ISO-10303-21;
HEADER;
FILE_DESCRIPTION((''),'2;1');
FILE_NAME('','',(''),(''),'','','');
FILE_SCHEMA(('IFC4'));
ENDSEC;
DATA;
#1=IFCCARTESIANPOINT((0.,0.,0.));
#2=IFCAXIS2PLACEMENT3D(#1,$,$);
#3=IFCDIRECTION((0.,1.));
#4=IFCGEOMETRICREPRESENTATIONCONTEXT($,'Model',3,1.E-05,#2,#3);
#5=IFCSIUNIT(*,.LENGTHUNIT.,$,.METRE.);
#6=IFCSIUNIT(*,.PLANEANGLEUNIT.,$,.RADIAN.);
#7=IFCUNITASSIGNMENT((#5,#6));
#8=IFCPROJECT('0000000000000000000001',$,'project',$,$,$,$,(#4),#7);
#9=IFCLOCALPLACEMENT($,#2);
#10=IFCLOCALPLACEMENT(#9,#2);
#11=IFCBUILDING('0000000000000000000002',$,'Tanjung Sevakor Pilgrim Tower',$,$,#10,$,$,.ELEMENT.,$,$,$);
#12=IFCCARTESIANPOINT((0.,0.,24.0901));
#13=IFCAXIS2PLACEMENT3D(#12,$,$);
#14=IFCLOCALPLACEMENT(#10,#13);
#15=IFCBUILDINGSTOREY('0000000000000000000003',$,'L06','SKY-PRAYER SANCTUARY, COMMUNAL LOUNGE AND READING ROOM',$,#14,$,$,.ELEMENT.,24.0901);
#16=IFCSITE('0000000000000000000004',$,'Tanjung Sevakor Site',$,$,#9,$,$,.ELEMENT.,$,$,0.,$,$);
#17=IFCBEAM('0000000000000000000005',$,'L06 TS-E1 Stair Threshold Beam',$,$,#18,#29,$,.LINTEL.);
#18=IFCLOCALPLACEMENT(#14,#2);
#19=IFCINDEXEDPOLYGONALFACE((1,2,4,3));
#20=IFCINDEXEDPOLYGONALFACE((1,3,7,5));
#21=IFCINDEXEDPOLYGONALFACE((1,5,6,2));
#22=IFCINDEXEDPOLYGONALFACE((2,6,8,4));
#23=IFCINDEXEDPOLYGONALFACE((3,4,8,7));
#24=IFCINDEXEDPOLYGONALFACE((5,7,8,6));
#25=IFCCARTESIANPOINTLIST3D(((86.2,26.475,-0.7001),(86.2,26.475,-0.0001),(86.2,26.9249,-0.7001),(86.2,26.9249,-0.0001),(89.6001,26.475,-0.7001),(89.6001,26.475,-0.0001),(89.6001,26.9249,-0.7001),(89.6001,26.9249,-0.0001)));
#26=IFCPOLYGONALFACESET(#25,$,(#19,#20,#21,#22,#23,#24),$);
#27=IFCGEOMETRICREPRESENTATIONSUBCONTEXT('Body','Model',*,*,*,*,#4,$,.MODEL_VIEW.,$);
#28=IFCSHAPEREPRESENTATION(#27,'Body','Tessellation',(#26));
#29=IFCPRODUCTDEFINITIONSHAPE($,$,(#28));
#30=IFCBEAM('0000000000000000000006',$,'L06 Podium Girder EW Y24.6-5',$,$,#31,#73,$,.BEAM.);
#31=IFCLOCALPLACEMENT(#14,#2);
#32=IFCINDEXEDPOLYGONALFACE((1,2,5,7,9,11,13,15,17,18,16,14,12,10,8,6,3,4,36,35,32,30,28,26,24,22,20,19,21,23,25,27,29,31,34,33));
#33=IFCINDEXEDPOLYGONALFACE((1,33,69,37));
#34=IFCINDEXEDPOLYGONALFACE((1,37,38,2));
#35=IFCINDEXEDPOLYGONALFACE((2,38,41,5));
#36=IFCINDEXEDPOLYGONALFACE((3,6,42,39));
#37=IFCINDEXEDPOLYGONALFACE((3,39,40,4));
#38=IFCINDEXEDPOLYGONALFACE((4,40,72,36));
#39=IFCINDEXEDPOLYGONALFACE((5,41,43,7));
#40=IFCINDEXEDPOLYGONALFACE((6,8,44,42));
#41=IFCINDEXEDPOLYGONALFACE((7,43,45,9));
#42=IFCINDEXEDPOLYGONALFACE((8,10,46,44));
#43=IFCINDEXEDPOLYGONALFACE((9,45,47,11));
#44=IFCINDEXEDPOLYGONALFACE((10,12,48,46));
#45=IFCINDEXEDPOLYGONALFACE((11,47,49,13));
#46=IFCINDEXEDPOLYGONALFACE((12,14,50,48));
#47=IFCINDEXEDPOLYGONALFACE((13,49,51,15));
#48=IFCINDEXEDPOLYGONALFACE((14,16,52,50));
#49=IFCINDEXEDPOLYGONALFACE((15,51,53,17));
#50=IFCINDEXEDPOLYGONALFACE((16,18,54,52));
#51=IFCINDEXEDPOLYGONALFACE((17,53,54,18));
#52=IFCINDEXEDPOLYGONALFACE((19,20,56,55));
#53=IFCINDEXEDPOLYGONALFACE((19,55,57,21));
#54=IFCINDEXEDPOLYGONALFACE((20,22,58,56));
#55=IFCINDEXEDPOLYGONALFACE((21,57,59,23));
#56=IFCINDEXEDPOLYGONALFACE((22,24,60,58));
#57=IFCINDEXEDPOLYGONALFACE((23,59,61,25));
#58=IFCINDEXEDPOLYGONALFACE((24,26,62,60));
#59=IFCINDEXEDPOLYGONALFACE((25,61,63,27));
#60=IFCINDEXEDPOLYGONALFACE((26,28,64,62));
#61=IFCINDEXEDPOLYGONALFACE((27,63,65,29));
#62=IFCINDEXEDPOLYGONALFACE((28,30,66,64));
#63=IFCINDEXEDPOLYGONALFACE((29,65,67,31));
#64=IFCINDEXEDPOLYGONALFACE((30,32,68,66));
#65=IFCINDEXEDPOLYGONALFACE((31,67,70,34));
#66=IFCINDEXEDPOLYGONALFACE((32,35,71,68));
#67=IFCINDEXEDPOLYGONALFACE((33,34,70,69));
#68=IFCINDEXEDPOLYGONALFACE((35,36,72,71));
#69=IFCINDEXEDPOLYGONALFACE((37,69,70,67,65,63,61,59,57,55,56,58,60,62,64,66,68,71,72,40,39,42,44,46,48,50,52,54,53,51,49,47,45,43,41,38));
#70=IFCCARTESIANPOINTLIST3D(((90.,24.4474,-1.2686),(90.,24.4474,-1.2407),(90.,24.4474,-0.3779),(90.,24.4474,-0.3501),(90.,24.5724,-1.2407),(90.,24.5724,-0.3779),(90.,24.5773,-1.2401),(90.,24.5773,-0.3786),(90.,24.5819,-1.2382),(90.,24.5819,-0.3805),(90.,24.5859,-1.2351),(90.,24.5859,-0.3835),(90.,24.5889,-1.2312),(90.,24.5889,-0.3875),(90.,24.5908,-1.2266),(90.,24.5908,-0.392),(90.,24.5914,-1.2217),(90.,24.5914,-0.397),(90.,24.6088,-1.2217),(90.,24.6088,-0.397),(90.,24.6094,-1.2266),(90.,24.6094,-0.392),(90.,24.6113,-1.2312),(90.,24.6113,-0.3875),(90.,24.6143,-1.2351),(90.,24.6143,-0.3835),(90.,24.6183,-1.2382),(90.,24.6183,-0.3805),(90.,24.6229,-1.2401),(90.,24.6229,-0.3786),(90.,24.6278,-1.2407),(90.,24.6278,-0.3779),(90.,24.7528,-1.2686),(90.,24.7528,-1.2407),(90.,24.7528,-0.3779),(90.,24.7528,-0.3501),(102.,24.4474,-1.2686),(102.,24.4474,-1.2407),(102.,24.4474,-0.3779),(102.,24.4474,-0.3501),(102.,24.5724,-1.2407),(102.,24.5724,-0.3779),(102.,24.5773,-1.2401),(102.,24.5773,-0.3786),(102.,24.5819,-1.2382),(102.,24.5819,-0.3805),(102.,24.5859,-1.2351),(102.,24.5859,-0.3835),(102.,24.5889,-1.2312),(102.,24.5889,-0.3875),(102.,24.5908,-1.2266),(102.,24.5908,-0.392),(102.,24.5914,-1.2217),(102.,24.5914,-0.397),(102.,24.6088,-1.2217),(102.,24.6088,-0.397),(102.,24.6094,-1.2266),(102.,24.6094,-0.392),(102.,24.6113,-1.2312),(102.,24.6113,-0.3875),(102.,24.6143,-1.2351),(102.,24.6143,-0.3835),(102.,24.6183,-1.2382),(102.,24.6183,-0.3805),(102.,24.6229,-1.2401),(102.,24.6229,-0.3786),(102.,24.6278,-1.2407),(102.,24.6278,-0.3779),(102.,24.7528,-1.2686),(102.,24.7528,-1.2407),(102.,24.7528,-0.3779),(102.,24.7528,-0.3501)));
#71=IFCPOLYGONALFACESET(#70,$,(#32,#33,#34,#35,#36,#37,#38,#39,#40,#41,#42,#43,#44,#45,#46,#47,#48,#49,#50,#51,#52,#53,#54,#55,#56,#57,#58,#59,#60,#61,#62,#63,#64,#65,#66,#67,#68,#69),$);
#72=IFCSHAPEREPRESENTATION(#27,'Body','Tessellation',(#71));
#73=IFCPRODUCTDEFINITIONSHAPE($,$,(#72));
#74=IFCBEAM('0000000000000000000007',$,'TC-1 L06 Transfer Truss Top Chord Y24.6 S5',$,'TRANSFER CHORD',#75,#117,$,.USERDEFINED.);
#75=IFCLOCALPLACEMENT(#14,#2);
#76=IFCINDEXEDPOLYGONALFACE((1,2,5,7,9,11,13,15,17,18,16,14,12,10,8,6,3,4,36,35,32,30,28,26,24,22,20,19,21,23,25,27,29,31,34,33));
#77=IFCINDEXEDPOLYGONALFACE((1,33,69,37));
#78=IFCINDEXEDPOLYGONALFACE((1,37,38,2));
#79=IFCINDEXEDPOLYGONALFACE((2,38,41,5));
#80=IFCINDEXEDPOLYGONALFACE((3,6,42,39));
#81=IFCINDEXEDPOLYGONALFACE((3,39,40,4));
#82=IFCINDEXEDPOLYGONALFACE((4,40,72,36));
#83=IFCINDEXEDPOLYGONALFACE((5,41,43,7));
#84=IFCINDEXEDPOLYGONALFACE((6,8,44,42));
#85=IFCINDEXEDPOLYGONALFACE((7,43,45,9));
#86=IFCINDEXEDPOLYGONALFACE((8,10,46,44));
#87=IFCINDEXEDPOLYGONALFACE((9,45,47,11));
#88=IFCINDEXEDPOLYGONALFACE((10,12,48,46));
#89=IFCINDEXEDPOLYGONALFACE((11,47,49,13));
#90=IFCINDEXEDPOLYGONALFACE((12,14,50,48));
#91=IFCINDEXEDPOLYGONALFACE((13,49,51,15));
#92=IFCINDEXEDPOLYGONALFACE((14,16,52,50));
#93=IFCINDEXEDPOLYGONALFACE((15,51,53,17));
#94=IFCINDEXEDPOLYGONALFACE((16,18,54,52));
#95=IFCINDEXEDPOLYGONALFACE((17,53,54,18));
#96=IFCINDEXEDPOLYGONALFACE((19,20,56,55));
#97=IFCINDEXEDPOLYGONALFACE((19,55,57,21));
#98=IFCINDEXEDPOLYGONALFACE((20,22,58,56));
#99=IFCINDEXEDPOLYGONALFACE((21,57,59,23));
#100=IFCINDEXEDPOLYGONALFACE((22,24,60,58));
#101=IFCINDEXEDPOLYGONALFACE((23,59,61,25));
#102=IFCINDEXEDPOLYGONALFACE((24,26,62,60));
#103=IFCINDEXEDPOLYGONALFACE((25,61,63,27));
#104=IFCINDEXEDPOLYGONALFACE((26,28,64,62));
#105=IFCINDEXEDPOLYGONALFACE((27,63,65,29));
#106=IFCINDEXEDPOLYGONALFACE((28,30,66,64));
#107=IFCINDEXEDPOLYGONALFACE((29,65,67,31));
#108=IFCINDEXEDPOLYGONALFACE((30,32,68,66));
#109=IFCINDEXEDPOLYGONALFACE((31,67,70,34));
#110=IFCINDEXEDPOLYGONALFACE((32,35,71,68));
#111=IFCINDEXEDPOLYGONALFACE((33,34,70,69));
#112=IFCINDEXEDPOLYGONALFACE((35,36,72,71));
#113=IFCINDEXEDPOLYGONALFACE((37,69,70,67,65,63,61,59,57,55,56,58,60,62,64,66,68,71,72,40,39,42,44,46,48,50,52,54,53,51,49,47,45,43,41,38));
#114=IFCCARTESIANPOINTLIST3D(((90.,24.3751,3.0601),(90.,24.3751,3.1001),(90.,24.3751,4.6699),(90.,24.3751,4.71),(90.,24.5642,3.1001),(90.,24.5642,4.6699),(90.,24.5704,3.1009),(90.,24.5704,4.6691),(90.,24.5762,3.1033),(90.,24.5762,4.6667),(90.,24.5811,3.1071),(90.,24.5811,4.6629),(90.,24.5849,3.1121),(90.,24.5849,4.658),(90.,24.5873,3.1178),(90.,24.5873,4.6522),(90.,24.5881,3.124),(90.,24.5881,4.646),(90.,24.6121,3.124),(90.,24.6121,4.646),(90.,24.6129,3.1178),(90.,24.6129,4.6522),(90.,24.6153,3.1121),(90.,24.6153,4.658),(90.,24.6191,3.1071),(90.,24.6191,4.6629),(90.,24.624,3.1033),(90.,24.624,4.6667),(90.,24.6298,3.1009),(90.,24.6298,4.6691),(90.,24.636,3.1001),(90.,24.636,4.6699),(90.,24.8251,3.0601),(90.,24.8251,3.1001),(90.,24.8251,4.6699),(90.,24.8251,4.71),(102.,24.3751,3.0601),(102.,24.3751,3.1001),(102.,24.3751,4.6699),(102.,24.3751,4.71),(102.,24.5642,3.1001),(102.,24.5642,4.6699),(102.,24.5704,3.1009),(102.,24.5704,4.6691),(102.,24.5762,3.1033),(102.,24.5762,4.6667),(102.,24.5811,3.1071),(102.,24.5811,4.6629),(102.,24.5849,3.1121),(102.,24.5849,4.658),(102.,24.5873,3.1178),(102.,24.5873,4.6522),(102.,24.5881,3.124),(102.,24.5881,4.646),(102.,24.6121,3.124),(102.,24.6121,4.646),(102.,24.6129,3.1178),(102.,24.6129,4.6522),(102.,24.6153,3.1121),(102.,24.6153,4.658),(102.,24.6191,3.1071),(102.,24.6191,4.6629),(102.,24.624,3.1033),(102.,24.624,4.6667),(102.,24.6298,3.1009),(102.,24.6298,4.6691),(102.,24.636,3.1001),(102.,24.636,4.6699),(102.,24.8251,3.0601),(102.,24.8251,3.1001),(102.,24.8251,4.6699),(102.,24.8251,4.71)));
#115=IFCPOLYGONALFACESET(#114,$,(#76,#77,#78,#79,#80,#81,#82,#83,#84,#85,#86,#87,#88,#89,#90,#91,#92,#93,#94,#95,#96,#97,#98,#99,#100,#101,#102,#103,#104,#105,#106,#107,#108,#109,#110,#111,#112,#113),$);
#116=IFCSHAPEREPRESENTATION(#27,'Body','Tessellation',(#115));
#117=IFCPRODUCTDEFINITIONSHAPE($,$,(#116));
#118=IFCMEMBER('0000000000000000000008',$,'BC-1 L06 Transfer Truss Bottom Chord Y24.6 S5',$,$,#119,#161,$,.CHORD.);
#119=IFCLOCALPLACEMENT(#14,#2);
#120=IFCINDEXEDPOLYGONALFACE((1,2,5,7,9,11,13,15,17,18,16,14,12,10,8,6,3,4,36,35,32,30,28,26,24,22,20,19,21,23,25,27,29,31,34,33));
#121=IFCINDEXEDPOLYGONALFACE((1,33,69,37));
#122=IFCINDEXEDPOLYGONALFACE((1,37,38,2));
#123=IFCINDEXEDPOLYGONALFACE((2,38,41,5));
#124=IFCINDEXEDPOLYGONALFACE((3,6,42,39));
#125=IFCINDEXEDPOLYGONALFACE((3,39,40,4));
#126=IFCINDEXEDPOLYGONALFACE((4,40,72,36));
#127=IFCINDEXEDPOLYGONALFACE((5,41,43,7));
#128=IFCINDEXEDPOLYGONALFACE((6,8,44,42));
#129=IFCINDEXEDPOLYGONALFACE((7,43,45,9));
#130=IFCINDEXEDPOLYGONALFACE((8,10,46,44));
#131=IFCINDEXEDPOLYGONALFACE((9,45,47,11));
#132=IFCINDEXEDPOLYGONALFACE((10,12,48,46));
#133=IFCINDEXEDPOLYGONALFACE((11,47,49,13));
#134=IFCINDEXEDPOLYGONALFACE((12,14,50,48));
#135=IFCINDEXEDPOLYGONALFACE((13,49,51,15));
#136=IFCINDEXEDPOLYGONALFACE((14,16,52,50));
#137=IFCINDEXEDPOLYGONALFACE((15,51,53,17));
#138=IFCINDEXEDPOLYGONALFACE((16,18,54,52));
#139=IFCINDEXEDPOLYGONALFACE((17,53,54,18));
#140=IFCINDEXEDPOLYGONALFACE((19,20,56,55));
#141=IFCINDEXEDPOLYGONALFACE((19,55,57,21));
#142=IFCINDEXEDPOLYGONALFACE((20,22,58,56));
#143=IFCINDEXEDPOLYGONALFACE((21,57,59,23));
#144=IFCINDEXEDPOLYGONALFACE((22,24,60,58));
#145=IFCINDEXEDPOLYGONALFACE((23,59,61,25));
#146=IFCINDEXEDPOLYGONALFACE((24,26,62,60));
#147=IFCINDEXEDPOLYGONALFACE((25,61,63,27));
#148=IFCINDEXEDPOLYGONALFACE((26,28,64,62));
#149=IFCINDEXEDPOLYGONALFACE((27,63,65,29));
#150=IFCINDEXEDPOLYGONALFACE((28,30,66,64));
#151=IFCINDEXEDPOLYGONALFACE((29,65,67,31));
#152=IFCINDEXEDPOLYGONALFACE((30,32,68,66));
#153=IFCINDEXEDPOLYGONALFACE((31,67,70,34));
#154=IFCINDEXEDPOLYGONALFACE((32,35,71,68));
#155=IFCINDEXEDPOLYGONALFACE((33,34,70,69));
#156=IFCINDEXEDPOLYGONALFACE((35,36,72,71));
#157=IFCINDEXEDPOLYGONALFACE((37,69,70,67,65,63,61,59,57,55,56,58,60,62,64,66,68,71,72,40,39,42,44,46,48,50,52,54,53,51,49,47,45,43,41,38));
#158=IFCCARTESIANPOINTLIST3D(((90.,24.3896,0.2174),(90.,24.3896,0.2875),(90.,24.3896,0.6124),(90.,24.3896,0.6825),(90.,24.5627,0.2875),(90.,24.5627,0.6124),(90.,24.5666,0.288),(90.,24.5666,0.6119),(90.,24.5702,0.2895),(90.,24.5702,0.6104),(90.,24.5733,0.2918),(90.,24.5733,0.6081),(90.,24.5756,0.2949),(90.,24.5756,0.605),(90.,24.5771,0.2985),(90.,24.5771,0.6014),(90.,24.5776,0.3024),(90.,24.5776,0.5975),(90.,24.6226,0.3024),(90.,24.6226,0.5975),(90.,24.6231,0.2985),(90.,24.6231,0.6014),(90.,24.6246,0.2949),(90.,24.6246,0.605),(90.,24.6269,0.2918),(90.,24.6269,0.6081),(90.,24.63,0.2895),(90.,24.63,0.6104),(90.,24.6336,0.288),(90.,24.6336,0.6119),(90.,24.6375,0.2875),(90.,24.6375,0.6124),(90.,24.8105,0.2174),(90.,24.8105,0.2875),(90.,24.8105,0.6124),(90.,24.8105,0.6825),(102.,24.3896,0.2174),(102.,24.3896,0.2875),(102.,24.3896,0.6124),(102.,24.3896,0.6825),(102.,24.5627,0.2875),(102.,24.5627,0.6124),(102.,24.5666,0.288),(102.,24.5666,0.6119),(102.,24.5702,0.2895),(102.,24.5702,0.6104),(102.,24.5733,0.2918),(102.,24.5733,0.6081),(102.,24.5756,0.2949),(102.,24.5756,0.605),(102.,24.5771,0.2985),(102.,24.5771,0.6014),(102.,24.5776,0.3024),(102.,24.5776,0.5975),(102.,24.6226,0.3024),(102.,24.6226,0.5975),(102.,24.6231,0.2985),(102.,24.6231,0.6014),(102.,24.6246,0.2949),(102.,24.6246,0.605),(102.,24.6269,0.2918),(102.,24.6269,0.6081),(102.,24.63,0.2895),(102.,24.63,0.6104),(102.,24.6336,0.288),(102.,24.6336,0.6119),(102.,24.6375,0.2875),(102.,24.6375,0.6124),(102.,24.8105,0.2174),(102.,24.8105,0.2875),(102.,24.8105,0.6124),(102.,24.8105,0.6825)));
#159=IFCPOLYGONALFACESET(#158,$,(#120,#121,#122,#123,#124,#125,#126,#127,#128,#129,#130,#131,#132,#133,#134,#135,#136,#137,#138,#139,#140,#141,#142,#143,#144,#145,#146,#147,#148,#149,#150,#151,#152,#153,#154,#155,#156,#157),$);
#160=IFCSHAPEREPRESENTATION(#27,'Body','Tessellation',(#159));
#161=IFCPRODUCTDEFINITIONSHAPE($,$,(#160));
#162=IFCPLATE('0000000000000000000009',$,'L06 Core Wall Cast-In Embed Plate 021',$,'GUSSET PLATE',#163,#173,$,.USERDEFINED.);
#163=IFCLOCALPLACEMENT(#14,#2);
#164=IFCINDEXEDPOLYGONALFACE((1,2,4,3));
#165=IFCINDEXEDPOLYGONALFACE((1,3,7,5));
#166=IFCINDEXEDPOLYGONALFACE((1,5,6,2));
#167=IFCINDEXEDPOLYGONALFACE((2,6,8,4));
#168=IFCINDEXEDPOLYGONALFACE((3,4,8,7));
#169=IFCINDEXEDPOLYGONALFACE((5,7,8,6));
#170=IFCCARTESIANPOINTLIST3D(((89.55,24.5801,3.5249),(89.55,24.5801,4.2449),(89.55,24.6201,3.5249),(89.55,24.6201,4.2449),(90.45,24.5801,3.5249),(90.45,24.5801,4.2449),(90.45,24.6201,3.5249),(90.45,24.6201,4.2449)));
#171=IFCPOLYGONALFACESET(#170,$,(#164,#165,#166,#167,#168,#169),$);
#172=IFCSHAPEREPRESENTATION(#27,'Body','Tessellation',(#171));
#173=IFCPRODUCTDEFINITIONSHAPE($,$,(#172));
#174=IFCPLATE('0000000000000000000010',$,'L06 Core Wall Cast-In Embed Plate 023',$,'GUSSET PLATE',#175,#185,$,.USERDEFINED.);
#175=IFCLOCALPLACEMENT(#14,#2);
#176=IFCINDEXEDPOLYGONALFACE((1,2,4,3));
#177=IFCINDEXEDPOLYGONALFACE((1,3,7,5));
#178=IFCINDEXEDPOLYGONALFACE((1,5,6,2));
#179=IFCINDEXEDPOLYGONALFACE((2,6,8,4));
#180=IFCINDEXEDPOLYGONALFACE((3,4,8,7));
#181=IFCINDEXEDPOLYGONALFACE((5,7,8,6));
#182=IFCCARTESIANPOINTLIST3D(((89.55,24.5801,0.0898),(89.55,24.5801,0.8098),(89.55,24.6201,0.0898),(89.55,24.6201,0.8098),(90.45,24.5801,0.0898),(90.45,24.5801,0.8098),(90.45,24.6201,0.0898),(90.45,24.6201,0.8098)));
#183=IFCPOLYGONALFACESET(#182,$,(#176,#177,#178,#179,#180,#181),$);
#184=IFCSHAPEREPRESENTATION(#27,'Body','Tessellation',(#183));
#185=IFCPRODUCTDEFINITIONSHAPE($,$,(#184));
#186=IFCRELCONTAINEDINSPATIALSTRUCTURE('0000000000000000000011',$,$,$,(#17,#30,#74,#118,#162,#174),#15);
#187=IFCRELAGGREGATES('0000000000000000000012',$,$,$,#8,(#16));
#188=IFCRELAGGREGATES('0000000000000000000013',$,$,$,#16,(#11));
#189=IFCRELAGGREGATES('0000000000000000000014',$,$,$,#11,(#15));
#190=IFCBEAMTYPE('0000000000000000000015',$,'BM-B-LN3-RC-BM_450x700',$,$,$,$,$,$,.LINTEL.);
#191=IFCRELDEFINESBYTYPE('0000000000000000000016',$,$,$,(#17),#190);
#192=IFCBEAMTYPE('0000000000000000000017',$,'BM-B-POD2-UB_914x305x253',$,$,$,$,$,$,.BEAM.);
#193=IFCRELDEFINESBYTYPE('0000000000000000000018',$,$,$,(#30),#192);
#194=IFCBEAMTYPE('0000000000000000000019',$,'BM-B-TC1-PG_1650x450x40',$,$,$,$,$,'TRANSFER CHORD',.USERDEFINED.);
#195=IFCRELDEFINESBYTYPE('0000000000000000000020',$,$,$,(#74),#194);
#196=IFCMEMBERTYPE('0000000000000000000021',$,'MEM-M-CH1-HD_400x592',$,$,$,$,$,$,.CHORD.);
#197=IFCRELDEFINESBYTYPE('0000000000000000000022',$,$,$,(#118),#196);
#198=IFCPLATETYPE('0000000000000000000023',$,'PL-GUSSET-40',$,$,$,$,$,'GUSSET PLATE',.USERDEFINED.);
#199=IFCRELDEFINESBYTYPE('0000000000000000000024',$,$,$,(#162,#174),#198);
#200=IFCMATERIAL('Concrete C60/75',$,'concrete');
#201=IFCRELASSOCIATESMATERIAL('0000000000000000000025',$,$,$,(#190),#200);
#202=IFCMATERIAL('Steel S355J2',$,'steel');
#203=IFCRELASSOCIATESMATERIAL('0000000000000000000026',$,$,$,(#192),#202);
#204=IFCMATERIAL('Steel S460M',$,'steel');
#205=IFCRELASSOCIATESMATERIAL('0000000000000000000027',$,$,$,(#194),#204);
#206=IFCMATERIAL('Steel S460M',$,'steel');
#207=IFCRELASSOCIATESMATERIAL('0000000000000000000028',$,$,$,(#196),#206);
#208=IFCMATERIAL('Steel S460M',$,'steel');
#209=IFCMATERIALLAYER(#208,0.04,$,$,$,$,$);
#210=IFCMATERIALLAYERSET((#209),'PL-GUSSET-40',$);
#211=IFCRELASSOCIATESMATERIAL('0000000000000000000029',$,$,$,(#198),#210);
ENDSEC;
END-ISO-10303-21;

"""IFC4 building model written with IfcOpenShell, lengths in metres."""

from ifc_helpers import new_model, si_unit, direction, frame, origin, origin_2d, place, context, subcontext, project, spatial, rectangle, i_section, extrude, material, layer, layer_set, material_profile, profile_set, type_object, element, save


model = new_model("IFC4")

# Units and contexts
model_context = context("Model", 3, precision=1e-05, world=origin(), true_north=direction((0.0, 1.0)))
body_context = subcontext(model_context, "Body", "Model", "MODEL_VIEW")
ifc_project = project(units=[si_unit("LENGTHUNIT", "METRE"), si_unit("PLANEANGLEUNIT", "RADIAN")], contexts=[model_context])

# Site, building, storey
site_placement = place(None, origin())
site = spatial("IfcSite", under=ifc_project, at=site_placement, Name="Tanjung Sevakor Site", CompositionType="ELEMENT", RefElevation=0.0)
building_placement = place(site_placement, origin())
building = spatial("IfcBuilding", under=site, at=building_placement, Name="Tanjung Sevakor Pilgrim Tower", CompositionType="ELEMENT")
storey_placement = place(building_placement, frame((0.0, 0.0, 24.0901)))
storey = spatial("IfcBuildingStorey", under=building, at=storey_placement, Name="L06", Description="SKY-PRAYER SANCTUARY, COMMUNAL LOUNGE AND READING ROOM", CompositionType="ELEMENT", Elevation=24.0901)

# Beams
ifc_material_1 = material(Name="Concrete C60/75", Category="concrete")
ifc_material_profile_1 = material_profile(ifc_material_1, rectangle(XDim=0.45, YDim=0.7, at=origin_2d()))
ifc_profile_set_1 = profile_set([ifc_material_profile_1], Name="Concrete C60/75")
beam_type_1 = type_object("IfcBeamType", Name="BM-B-LN3-RC-BM_450x700", PredefinedType="LINTEL", material=ifc_profile_set_1)
beam_1_placement = place(storey_placement, frame((86.2, 26.7, -0.3501), z_axis=(1.0, 0.0, 0.0), x_axis=(0.0, 1.0, 0.0)))
element("IfcBeam", 1, at=beam_1_placement, inside=storey, type_object=beam_type_1, Name="L06 TS-E1 Stair Threshold Beam", PredefinedType="LINTEL", context=body_context, shape_type="SweptSolid", body=[
    extrude(rectangle(XDim=0.45, YDim=0.7, at=origin_2d()), origin(), (0.0, 0.0, 1.0), 3.4001),
])
ifc_material_2 = material(Name="Steel S355J2", Category="steel")
ifc_material_profile_2 = material_profile(ifc_material_2, i_section(OverallWidth=0.3054, OverallDepth=0.9185, WebThickness=0.0173, FlangeThickness=0.0278, FilletRadius=0.019, at=origin_2d()))
ifc_profile_set_2 = profile_set([ifc_material_profile_2], Name="Steel S355J2")
beam_type_2 = type_object("IfcBeamType", Name="BM-B-POD2-UB_914x305x253", PredefinedType="BEAM", material=ifc_profile_set_2)
beam_2_placement = place(storey_placement, frame((90.0, 24.6001, -0.8093), z_axis=(1.0, 0.0, 0.0), x_axis=(0.0, 1.0, 0.0)))
element("IfcBeam", 2, at=beam_2_placement, inside=storey, type_object=beam_type_2, Name="L06 Podium Girder EW Y24.6-5", PredefinedType="BEAM", context=body_context, shape_type="SweptSolid", body=[
    extrude(i_section(OverallWidth=0.3054, OverallDepth=0.9185, WebThickness=0.0173, FlangeThickness=0.0278, FilletRadius=0.019, at=origin_2d()), origin(), (0.0, 0.0, 1.0), 12.0),
])
ifc_material_3 = material(Name="Steel S460M", Category="steel")
ifc_material_profile_3 = material_profile(ifc_material_3, i_section(OverallWidth=0.45, OverallDepth=1.6499, WebThickness=0.0239, FlangeThickness=0.04, FilletRadius=0.0239, at=origin_2d()))
ifc_profile_set_3 = profile_set([ifc_material_profile_3], Name="Steel S460M")
beam_type_3 = type_object("IfcBeamType", Name="BM-B-TC1-PG_1650x450x40", ElementType="TRANSFER CHORD", PredefinedType="USERDEFINED", material=ifc_profile_set_3)
beam_3_placement = place(storey_placement, frame((90.0, 24.6001, 3.885), z_axis=(1.0, 0.0, 0.0), x_axis=(0.0, 1.0, 0.0)))
element("IfcBeam", 3, at=beam_3_placement, inside=storey, type_object=beam_type_3, Name="TC-1 L06 Transfer Truss Top Chord Y24.6 S5", ObjectType="TRANSFER CHORD", PredefinedType="USERDEFINED", context=body_context, shape_type="SweptSolid", body=[
    extrude(i_section(OverallWidth=0.45, OverallDepth=1.6499, WebThickness=0.0239, FlangeThickness=0.04, FilletRadius=0.0239, at=origin_2d()), origin(), (0.0, 0.0, 1.0), 12.0),
])

# Member
ifc_material_4 = material(Name="Steel S460M", Category="steel")
ifc_material_profile_4 = material_profile(ifc_material_4, i_section(OverallWidth=0.4209, OverallDepth=0.4651, WebThickness=0.0449, FlangeThickness=0.0701, FilletRadius=0.0149, at=origin_2d()))
ifc_profile_set_4 = profile_set([ifc_material_profile_4], Name="Steel S460M")
member_type = type_object("IfcMemberType", Name="MEM-M-CH1-HD_400x592", PredefinedType="CHORD", material=ifc_profile_set_4)
member_placement = place(storey_placement, frame((90.0, 24.6001, 0.45), z_axis=(1.0, 0.0, 0.0), x_axis=(0.0, 1.0, 0.0)))
element("IfcMember", 4, at=member_placement, inside=storey, type_object=member_type, Name="BC-1 L06 Transfer Truss Bottom Chord Y24.6 S5", PredefinedType="CHORD", context=body_context, shape_type="SweptSolid", body=[
    extrude(i_section(OverallWidth=0.4209, OverallDepth=0.4651, WebThickness=0.0449, FlangeThickness=0.0701, FilletRadius=0.0149, at=origin_2d()), origin(), (0.0, 0.0, 1.0), 12.0),
])

# Plates
ifc_material_5 = material(Name="Steel S460M", Category="steel")
ifc_layer_1 = layer(ifc_material_5, 0.04)
ifc_layer_set_1 = layer_set([ifc_layer_1], Name="PL-GUSSET-40")
plate_type = type_object("IfcPlateType", Name="PL-GUSSET-40", ElementType="GUSSET PLATE", PredefinedType="USERDEFINED", material=ifc_layer_set_1)
for number, where, z_axis, x_axis, name in (
    (5, (90.0, 24.6001, 3.5249), (0.0, 0.0, 1.0), (1.0, 0.0, 0.0), "L06 Core Wall Cast-In Embed Plate 021"),
    (6, (90.0, 24.6001, 0.0898), (0.0, 0.0, 1.0), (1.0, 0.0, 0.0), "L06 Core Wall Cast-In Embed Plate 023"),
):
    element("IfcPlate", number, at=place(storey_placement, frame(where, z_axis=z_axis, x_axis=x_axis)), inside=storey, type_object=plate_type, Name=name, ObjectType="GUSSET PLATE", PredefinedType="USERDEFINED", context=body_context, shape_type="SweptSolid", body=[
        extrude(rectangle(XDim=0.8999, YDim=0.04, at=origin_2d()), origin(), (0.0, 0.0, 1.0), 0.72),
    ])

save(model, "model.ifc")
